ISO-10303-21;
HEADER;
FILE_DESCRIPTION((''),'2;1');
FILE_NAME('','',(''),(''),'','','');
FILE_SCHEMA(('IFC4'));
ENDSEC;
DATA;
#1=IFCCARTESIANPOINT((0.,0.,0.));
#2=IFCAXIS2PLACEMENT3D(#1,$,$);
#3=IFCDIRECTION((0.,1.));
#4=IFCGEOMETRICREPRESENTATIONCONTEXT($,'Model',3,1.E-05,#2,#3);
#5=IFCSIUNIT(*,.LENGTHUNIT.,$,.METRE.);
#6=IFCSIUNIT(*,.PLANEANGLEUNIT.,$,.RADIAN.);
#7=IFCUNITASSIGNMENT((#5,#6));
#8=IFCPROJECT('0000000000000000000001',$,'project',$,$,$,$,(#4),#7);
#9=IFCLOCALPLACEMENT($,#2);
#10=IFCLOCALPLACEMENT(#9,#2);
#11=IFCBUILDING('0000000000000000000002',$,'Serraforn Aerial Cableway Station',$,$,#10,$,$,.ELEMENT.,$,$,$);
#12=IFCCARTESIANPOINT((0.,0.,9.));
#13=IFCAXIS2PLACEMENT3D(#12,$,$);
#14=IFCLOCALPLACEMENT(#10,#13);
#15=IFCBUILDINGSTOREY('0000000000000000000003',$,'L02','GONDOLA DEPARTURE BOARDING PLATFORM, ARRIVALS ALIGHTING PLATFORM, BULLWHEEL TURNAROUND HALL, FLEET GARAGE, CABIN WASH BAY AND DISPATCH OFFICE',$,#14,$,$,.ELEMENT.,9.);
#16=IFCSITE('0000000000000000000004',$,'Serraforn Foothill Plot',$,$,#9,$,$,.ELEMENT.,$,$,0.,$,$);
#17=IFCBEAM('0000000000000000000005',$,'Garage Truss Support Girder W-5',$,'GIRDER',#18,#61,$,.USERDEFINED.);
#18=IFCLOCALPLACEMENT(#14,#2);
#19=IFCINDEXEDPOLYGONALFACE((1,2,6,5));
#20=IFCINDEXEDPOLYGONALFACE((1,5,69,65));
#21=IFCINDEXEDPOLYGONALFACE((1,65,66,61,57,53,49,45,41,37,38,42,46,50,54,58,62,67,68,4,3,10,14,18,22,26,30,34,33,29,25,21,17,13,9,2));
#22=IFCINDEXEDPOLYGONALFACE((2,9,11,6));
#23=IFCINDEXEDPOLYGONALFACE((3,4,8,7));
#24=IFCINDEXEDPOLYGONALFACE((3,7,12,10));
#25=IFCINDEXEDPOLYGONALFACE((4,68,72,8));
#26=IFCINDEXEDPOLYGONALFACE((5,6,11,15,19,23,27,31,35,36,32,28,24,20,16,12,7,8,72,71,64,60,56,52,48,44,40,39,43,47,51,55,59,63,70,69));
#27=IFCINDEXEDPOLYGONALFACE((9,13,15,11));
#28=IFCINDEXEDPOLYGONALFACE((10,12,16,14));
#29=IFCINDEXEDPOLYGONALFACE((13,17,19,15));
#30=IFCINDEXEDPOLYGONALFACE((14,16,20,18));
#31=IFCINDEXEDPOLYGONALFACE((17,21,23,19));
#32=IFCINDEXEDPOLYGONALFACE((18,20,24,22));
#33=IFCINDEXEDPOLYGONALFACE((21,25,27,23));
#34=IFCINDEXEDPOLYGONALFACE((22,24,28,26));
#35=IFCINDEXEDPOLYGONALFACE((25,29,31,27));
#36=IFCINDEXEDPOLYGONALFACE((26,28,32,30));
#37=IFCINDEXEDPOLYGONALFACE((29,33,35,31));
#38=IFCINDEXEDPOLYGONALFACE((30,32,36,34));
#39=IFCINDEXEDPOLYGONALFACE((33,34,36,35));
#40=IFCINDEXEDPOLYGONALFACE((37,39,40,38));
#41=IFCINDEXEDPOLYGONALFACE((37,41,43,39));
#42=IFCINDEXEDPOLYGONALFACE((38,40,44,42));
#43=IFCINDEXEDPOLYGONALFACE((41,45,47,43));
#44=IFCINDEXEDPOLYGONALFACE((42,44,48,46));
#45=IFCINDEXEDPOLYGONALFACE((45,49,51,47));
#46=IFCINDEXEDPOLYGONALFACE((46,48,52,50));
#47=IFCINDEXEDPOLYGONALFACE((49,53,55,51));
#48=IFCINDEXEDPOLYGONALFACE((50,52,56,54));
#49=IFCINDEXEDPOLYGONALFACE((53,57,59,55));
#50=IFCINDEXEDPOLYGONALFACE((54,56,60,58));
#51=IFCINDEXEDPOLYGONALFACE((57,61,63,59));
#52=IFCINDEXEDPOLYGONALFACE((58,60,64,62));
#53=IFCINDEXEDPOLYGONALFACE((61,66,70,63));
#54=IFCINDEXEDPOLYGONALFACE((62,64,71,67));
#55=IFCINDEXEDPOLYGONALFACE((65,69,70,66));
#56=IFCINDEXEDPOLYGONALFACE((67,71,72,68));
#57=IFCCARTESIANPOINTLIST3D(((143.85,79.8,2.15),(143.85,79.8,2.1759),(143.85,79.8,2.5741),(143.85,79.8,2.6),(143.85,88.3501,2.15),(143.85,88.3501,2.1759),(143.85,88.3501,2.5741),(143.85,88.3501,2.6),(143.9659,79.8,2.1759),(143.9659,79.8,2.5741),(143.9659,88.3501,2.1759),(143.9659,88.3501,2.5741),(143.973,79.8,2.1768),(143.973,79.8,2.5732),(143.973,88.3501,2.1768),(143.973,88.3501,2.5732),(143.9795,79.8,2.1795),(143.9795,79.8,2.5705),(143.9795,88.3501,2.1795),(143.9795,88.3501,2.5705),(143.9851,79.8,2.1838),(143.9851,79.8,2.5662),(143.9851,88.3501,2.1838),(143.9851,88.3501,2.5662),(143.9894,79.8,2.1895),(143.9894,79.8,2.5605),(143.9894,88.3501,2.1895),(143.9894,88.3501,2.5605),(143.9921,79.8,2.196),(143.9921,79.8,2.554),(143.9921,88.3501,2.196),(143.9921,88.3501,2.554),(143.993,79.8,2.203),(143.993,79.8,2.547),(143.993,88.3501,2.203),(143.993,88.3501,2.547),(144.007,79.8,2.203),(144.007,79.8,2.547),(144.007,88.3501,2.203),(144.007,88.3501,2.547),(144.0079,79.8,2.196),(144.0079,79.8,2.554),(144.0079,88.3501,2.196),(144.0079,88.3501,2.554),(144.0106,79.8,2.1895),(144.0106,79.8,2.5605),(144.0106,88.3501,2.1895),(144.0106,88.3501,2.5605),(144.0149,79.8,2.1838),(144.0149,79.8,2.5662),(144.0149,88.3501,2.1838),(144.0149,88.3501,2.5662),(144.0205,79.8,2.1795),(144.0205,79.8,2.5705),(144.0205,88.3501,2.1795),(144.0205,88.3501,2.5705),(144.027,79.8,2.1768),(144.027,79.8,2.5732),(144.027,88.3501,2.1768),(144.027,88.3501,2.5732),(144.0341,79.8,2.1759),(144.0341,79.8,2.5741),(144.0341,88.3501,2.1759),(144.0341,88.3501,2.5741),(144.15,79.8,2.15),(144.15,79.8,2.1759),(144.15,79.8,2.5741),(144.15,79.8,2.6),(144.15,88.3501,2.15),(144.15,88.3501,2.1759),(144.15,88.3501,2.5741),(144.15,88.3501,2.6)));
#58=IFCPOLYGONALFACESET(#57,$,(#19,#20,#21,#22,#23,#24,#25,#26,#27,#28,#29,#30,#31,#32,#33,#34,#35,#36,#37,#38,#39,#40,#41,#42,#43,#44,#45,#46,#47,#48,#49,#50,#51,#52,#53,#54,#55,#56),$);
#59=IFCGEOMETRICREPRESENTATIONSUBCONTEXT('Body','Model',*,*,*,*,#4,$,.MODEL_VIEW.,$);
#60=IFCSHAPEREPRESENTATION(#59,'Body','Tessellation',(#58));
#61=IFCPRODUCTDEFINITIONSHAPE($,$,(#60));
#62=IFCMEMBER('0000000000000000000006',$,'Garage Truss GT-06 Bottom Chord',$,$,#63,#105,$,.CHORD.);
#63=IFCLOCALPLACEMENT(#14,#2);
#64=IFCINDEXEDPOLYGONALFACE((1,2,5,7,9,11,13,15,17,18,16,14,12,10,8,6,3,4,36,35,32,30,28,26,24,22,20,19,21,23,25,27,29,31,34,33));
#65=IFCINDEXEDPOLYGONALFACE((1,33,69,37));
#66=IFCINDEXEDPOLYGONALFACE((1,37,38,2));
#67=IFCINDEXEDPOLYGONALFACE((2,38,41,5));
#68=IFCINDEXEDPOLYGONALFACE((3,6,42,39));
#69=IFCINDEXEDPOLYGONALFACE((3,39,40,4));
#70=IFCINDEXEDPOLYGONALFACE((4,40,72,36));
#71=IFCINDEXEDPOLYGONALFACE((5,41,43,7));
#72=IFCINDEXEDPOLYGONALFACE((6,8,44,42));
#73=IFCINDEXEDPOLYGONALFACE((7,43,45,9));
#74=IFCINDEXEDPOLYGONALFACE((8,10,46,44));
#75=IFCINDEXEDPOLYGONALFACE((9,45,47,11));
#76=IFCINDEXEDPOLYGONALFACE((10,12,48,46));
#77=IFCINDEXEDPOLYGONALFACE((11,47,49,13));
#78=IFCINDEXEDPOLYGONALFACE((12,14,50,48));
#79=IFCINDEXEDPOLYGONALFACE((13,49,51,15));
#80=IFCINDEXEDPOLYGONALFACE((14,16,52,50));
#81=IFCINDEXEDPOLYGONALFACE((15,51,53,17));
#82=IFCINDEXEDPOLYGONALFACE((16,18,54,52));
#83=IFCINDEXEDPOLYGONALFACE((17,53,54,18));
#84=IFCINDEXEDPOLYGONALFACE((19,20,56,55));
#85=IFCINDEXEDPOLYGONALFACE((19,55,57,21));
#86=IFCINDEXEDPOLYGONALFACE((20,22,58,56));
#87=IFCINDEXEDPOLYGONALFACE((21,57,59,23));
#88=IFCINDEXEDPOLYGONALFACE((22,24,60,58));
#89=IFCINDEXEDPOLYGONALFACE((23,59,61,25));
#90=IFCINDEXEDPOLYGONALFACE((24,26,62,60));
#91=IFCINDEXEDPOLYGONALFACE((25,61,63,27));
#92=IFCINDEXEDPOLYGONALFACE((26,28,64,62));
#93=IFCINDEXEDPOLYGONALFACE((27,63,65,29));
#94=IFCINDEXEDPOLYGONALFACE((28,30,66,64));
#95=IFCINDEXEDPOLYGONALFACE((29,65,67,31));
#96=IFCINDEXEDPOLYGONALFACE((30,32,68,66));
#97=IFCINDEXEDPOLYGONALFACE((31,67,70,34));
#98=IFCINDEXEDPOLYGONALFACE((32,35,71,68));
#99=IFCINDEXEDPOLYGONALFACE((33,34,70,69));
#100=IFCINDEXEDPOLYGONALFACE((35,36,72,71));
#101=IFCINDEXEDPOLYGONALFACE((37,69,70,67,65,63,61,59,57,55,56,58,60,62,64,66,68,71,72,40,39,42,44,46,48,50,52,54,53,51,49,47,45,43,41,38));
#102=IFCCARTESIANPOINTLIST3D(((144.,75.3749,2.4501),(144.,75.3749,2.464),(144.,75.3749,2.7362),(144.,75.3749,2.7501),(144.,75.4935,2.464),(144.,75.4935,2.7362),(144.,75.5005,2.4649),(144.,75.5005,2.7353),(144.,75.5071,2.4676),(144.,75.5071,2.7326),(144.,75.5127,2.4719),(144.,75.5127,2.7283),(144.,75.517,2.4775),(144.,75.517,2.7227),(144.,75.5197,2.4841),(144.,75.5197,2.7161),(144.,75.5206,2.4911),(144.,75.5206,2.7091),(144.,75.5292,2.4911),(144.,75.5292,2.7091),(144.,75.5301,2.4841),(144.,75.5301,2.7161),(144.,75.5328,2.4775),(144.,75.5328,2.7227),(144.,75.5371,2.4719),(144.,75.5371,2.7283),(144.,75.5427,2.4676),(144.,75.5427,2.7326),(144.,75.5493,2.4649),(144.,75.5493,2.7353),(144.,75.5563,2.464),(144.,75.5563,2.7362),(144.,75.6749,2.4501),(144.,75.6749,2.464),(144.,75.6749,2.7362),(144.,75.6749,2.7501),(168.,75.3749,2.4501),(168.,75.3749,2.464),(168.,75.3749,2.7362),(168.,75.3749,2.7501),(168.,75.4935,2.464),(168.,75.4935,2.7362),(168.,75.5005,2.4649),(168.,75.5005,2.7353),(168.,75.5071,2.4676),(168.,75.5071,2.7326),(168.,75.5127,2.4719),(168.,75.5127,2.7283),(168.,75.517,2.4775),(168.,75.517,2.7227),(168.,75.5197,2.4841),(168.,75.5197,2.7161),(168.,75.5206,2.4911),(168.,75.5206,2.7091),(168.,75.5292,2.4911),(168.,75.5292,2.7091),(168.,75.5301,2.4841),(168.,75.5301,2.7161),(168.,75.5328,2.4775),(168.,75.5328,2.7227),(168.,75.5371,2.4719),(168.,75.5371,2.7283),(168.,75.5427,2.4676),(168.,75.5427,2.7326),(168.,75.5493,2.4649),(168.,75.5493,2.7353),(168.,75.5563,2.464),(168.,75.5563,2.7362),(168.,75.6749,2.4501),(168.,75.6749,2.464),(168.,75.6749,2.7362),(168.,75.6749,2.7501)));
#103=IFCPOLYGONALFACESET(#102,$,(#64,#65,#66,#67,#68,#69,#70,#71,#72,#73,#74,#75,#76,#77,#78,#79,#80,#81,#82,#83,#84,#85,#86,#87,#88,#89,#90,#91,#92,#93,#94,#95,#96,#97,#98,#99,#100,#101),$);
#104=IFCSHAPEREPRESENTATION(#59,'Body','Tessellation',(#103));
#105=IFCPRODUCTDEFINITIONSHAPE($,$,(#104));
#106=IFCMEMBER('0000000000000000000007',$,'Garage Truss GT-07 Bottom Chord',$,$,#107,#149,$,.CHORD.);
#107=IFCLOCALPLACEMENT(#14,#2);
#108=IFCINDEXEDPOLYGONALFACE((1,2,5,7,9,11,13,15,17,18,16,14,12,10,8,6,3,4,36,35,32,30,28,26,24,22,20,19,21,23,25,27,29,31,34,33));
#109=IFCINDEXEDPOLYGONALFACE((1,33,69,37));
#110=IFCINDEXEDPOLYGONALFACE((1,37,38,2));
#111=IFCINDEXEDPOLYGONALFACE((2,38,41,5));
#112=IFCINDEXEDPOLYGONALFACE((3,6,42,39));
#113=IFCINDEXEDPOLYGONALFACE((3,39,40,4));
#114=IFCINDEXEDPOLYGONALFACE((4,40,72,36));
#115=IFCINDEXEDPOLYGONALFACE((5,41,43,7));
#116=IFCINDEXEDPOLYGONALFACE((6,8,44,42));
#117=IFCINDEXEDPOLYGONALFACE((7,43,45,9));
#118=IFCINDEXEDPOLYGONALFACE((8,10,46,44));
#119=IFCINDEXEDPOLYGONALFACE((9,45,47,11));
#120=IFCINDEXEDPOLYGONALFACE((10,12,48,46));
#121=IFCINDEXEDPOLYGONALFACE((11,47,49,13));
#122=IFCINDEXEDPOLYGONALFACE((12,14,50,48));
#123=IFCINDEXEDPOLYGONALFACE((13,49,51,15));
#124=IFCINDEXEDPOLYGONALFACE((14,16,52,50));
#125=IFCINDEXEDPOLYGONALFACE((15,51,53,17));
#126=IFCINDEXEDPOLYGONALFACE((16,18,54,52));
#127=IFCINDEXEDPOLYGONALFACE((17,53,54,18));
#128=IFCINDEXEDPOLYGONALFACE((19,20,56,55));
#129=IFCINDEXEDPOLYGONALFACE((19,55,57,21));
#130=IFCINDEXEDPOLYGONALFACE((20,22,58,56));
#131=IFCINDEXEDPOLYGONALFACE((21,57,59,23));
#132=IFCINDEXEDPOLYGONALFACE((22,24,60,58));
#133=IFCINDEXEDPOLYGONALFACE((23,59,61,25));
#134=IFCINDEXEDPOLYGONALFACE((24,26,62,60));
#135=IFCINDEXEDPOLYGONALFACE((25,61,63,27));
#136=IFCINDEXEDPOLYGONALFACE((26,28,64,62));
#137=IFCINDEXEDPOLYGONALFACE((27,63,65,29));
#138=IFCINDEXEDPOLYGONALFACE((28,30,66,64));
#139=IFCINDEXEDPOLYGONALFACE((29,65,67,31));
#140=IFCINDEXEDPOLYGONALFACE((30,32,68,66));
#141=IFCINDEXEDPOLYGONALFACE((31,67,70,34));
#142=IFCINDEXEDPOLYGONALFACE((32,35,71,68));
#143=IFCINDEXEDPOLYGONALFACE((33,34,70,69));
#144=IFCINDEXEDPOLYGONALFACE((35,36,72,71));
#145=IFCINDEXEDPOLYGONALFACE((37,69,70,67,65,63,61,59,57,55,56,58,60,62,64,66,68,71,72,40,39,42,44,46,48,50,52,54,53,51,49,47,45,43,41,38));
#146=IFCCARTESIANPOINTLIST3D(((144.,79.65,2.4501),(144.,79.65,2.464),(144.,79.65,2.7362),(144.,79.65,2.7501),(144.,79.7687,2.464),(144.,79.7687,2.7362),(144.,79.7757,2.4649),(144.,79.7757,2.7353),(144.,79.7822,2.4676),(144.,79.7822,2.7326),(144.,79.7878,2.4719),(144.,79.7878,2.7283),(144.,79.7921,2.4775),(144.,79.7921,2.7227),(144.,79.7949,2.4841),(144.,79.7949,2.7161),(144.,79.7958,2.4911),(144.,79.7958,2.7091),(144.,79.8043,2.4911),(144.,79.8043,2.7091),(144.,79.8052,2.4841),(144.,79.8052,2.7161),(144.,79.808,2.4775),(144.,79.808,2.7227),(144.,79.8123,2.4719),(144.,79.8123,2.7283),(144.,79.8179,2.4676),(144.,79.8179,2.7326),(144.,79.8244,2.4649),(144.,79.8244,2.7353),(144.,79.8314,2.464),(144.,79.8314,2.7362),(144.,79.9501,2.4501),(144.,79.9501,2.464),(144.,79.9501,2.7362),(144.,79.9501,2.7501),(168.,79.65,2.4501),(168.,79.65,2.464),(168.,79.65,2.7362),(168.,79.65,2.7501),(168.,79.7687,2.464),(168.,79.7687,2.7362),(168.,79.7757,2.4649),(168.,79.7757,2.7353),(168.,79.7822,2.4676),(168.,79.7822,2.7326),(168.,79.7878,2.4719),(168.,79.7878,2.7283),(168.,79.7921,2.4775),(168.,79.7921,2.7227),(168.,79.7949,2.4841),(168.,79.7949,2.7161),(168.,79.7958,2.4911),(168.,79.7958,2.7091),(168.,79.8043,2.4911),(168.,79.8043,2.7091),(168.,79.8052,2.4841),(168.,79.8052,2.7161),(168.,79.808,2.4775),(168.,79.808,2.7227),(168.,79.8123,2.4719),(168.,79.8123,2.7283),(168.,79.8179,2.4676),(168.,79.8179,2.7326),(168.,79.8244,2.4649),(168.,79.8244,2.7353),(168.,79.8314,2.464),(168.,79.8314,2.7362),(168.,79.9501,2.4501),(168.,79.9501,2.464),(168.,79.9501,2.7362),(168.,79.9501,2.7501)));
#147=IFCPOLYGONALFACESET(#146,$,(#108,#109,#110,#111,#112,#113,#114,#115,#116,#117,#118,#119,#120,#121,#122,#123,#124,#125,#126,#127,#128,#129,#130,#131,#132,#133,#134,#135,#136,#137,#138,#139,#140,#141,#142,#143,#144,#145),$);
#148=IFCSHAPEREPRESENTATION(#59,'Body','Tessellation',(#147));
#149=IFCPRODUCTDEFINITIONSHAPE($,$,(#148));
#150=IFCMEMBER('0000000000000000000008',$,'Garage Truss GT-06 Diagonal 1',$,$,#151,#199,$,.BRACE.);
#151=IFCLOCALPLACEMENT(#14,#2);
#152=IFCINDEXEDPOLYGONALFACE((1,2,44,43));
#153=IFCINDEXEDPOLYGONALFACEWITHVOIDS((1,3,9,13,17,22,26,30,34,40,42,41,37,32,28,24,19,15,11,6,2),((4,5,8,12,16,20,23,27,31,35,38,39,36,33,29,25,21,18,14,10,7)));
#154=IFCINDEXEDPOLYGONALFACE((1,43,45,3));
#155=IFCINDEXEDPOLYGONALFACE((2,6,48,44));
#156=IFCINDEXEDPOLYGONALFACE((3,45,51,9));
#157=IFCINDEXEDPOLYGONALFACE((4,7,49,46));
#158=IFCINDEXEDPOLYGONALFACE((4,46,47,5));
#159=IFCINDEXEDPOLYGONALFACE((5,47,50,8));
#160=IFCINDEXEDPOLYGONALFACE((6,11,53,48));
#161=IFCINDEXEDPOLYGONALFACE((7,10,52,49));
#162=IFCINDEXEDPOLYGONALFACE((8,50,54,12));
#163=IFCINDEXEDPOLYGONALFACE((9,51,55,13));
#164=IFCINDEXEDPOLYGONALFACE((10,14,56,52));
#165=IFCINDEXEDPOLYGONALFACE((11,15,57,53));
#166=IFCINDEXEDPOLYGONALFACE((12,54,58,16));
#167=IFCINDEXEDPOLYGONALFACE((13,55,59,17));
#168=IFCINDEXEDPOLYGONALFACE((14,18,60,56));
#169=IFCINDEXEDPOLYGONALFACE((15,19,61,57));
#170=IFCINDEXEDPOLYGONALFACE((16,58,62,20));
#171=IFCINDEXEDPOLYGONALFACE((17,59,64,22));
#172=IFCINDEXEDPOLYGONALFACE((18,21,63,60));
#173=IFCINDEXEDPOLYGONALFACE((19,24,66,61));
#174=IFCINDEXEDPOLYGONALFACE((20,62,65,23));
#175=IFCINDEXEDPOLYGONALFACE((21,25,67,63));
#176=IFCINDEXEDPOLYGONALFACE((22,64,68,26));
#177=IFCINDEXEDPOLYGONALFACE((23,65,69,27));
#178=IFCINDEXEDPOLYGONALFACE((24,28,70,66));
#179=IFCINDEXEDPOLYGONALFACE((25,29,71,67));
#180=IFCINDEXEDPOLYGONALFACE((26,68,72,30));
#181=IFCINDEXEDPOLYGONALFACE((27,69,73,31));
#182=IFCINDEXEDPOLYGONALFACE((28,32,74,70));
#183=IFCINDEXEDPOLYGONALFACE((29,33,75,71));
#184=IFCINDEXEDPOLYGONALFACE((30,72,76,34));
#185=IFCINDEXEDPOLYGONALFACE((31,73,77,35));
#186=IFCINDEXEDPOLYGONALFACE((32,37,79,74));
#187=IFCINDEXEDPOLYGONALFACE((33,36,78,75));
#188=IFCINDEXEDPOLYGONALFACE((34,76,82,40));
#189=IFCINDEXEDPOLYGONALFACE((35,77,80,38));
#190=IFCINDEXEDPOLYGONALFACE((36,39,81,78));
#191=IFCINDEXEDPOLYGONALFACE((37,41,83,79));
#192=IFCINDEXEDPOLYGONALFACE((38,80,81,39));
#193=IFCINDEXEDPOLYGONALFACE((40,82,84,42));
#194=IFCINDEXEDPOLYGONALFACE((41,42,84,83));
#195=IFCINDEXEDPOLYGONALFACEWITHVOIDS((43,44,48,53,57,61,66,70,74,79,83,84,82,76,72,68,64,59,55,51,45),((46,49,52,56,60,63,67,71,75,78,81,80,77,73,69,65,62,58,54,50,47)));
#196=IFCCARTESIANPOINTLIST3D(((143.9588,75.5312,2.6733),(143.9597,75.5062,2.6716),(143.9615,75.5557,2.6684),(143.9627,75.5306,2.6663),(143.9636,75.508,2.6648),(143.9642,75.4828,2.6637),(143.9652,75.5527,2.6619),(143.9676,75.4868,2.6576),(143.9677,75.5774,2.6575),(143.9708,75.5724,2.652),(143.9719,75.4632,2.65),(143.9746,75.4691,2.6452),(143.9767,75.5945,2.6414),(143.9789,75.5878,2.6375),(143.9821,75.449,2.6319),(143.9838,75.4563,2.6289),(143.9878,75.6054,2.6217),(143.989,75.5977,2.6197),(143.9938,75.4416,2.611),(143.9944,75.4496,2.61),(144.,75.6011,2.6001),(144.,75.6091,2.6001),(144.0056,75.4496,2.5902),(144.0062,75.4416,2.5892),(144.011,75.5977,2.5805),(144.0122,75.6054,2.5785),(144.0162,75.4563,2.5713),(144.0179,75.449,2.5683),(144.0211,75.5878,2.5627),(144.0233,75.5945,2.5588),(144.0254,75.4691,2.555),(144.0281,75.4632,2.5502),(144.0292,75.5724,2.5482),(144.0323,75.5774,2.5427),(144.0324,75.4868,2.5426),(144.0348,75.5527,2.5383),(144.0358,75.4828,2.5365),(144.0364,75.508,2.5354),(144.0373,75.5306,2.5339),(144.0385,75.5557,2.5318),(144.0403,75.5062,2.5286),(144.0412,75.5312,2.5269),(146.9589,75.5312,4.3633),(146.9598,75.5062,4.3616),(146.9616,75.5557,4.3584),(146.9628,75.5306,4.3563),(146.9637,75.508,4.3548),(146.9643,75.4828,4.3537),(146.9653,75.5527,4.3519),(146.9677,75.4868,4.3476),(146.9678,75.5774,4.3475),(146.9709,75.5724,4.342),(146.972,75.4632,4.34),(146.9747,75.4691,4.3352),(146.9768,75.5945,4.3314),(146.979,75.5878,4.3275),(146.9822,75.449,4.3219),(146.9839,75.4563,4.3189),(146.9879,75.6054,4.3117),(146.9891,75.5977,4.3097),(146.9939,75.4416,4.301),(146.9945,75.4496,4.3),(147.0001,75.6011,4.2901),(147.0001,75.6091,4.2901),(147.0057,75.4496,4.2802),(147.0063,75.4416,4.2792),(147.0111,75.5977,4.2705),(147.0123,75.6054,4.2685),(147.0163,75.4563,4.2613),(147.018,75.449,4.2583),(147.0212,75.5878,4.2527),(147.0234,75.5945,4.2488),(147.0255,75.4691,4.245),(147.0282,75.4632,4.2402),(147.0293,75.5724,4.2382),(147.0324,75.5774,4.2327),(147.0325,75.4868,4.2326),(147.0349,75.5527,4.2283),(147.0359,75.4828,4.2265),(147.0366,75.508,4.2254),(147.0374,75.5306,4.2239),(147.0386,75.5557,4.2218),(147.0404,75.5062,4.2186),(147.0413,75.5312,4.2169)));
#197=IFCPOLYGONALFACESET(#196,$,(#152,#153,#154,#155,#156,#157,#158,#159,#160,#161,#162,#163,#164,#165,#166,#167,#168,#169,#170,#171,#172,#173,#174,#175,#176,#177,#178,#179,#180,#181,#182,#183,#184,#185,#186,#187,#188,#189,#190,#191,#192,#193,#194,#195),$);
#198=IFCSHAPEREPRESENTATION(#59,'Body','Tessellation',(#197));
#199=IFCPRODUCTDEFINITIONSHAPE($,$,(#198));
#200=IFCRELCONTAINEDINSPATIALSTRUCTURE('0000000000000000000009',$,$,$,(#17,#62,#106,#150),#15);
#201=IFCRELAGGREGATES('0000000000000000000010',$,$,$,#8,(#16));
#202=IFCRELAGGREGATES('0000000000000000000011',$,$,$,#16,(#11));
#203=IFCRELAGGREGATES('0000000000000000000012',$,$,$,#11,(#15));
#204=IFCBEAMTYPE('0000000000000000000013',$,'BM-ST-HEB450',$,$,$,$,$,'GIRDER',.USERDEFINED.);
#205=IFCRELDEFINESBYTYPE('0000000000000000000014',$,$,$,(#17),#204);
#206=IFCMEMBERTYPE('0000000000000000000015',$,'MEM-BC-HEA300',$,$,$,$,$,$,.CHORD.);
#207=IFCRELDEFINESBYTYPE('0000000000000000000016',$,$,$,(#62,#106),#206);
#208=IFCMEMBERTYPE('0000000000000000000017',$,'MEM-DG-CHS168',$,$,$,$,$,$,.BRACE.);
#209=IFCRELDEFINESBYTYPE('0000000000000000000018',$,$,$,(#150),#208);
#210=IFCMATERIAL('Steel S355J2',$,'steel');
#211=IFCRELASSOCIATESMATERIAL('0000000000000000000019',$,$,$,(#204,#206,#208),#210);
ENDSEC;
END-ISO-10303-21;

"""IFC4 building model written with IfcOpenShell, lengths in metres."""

from ifc_helpers import new_model, si_unit, direction, frame, origin, origin_2d, place, context, subcontext, project, spatial, hollow_circle, i_section, extrude, material, material_profile, profile_set, type_object, element, save


model = new_model("IFC4")

# Units and contexts
model_context = context("Model", 3, precision=1e-05, world=origin(), true_north=direction((0.0, 1.0)))
body_context = subcontext(model_context, "Body", "Model", "MODEL_VIEW")
ifc_project = project(units=[si_unit("LENGTHUNIT", "METRE"), si_unit("PLANEANGLEUNIT", "RADIAN")], contexts=[model_context])

# Site, building, storey
site_placement = place(None, origin())
site = spatial("IfcSite", under=ifc_project, at=site_placement, Name="Serraforn Foothill Plot", CompositionType="ELEMENT", RefElevation=0.0)
building_placement = place(site_placement, origin())
building = spatial("IfcBuilding", under=site, at=building_placement, Name="Serraforn Aerial Cableway Station", CompositionType="ELEMENT")
storey_placement = place(building_placement, frame((0.0, 0.0, 9.0)))
storey = spatial("IfcBuildingStorey", under=building, at=storey_placement, Name="L02", Description="GONDOLA DEPARTURE BOARDING PLATFORM, ARRIVALS ALIGHTING PLATFORM, BULLWHEEL TURNAROUND HALL, FLEET GARAGE, CABIN WASH BAY AND DISPATCH OFFICE", CompositionType="ELEMENT", Elevation=9.0)

# Shared definitions
ifc_material_1 = material(Name="Steel S355J2", Category="steel")

# Beam
ifc_material_profile_1 = material_profile(ifc_material_1, i_section(OverallWidth=0.3, OverallDepth=0.45, WebThickness=0.0139, FlangeThickness=0.0259, FilletRadius=0.0271, at=origin_2d()), Name="HEB 450")
ifc_profile_set_1 = profile_set([ifc_material_profile_1], Name="Steel S355J2")
beam_type_1 = type_object("IfcBeamType", Name="BM-ST-HEB450", ElementType="GIRDER", PredefinedType="USERDEFINED", material=ifc_profile_set_1)
beam_1_placement = place(storey_placement, frame((144.0, 79.8, 2.375), z_axis=(0.0, 1.0, 0.0), x_axis=(-1.0, 0.0, 0.0)))
element("IfcBeam", 1, at=beam_1_placement, inside=storey, type_object=beam_type_1, Name="Garage Truss Support Girder W-5", ObjectType="GIRDER", PredefinedType="USERDEFINED", context=body_context, shape_type="SweptSolid", body=[
    extrude(i_section(OverallWidth=0.3, OverallDepth=0.45, WebThickness=0.0139, FlangeThickness=0.0259, FilletRadius=0.0271, at=origin_2d()), origin(), (0.0, 0.0, 1.0), 8.55),
])

# Members
ifc_material_profile_2 = material_profile(ifc_material_1, i_section(OverallWidth=0.3, OverallDepth=0.3, WebThickness=0.0085, FlangeThickness=0.0139, FilletRadius=0.0271, at=origin_2d()), Name="HEA 300")
ifc_profile_set_2 = profile_set([ifc_material_profile_2], Name="Steel S355J2")
member_type_1 = type_object("IfcMemberType", Name="MEM-BC-HEA300", PredefinedType="CHORD", material=ifc_profile_set_2)
for number, where, z_axis, x_axis, name in (
    (2, (144.0, 75.5249, 2.6001), (1.0, 0.0, 0.0), (0.0, 1.0, 0.0), "Garage Truss GT-06 Bottom Chord"),
    (3, (144.0, 79.8, 2.6001), (1.0, 0.0, 0.0), (0.0, 1.0, 0.0), "Garage Truss GT-07 Bottom Chord"),
):
    element("IfcMember", number, at=place(storey_placement, frame(where, z_axis=z_axis, x_axis=x_axis)), inside=storey, type_object=member_type_1, Name=name, PredefinedType="CHORD", context=body_context, shape_type="SweptSolid", body=[
        extrude(i_section(OverallWidth=0.3, OverallDepth=0.3, WebThickness=0.0085, FlangeThickness=0.0139, FilletRadius=0.0271, at=origin_2d()), origin(), (0.0, 0.0, 1.0), 24.0),
    ])
ifc_material_profile_3 = material_profile(ifc_material_1, hollow_circle(Radius=0.0842, WallThickness=0.0081, at=origin_2d()), Name="CHS 168.3x8.0")
ifc_profile_set_3 = profile_set([ifc_material_profile_3], Name="Steel S355J2")
member_type_2 = type_object("IfcMemberType", Name="MEM-DG-CHS168", PredefinedType="BRACE", material=ifc_profile_set_3)
member_1_placement = place(storey_placement, frame((144.0, 75.5249, 2.6001), z_axis=(0.871272, 0.0, 0.4908), x_axis=(0.0, 1.0, 0.0)))
element("IfcMember", 4, at=member_1_placement, inside=storey, type_object=member_type_2, Name="Garage Truss GT-06 Diagonal 1", PredefinedType="BRACE", context=body_context, shape_type="SweptSolid", body=[
    extrude(hollow_circle(Radius=0.0842, WallThickness=0.0081, at=origin_2d()), origin(), (0.0, 0.0, 1.0), 3.4434),
])

save(model, "model.ifc")
